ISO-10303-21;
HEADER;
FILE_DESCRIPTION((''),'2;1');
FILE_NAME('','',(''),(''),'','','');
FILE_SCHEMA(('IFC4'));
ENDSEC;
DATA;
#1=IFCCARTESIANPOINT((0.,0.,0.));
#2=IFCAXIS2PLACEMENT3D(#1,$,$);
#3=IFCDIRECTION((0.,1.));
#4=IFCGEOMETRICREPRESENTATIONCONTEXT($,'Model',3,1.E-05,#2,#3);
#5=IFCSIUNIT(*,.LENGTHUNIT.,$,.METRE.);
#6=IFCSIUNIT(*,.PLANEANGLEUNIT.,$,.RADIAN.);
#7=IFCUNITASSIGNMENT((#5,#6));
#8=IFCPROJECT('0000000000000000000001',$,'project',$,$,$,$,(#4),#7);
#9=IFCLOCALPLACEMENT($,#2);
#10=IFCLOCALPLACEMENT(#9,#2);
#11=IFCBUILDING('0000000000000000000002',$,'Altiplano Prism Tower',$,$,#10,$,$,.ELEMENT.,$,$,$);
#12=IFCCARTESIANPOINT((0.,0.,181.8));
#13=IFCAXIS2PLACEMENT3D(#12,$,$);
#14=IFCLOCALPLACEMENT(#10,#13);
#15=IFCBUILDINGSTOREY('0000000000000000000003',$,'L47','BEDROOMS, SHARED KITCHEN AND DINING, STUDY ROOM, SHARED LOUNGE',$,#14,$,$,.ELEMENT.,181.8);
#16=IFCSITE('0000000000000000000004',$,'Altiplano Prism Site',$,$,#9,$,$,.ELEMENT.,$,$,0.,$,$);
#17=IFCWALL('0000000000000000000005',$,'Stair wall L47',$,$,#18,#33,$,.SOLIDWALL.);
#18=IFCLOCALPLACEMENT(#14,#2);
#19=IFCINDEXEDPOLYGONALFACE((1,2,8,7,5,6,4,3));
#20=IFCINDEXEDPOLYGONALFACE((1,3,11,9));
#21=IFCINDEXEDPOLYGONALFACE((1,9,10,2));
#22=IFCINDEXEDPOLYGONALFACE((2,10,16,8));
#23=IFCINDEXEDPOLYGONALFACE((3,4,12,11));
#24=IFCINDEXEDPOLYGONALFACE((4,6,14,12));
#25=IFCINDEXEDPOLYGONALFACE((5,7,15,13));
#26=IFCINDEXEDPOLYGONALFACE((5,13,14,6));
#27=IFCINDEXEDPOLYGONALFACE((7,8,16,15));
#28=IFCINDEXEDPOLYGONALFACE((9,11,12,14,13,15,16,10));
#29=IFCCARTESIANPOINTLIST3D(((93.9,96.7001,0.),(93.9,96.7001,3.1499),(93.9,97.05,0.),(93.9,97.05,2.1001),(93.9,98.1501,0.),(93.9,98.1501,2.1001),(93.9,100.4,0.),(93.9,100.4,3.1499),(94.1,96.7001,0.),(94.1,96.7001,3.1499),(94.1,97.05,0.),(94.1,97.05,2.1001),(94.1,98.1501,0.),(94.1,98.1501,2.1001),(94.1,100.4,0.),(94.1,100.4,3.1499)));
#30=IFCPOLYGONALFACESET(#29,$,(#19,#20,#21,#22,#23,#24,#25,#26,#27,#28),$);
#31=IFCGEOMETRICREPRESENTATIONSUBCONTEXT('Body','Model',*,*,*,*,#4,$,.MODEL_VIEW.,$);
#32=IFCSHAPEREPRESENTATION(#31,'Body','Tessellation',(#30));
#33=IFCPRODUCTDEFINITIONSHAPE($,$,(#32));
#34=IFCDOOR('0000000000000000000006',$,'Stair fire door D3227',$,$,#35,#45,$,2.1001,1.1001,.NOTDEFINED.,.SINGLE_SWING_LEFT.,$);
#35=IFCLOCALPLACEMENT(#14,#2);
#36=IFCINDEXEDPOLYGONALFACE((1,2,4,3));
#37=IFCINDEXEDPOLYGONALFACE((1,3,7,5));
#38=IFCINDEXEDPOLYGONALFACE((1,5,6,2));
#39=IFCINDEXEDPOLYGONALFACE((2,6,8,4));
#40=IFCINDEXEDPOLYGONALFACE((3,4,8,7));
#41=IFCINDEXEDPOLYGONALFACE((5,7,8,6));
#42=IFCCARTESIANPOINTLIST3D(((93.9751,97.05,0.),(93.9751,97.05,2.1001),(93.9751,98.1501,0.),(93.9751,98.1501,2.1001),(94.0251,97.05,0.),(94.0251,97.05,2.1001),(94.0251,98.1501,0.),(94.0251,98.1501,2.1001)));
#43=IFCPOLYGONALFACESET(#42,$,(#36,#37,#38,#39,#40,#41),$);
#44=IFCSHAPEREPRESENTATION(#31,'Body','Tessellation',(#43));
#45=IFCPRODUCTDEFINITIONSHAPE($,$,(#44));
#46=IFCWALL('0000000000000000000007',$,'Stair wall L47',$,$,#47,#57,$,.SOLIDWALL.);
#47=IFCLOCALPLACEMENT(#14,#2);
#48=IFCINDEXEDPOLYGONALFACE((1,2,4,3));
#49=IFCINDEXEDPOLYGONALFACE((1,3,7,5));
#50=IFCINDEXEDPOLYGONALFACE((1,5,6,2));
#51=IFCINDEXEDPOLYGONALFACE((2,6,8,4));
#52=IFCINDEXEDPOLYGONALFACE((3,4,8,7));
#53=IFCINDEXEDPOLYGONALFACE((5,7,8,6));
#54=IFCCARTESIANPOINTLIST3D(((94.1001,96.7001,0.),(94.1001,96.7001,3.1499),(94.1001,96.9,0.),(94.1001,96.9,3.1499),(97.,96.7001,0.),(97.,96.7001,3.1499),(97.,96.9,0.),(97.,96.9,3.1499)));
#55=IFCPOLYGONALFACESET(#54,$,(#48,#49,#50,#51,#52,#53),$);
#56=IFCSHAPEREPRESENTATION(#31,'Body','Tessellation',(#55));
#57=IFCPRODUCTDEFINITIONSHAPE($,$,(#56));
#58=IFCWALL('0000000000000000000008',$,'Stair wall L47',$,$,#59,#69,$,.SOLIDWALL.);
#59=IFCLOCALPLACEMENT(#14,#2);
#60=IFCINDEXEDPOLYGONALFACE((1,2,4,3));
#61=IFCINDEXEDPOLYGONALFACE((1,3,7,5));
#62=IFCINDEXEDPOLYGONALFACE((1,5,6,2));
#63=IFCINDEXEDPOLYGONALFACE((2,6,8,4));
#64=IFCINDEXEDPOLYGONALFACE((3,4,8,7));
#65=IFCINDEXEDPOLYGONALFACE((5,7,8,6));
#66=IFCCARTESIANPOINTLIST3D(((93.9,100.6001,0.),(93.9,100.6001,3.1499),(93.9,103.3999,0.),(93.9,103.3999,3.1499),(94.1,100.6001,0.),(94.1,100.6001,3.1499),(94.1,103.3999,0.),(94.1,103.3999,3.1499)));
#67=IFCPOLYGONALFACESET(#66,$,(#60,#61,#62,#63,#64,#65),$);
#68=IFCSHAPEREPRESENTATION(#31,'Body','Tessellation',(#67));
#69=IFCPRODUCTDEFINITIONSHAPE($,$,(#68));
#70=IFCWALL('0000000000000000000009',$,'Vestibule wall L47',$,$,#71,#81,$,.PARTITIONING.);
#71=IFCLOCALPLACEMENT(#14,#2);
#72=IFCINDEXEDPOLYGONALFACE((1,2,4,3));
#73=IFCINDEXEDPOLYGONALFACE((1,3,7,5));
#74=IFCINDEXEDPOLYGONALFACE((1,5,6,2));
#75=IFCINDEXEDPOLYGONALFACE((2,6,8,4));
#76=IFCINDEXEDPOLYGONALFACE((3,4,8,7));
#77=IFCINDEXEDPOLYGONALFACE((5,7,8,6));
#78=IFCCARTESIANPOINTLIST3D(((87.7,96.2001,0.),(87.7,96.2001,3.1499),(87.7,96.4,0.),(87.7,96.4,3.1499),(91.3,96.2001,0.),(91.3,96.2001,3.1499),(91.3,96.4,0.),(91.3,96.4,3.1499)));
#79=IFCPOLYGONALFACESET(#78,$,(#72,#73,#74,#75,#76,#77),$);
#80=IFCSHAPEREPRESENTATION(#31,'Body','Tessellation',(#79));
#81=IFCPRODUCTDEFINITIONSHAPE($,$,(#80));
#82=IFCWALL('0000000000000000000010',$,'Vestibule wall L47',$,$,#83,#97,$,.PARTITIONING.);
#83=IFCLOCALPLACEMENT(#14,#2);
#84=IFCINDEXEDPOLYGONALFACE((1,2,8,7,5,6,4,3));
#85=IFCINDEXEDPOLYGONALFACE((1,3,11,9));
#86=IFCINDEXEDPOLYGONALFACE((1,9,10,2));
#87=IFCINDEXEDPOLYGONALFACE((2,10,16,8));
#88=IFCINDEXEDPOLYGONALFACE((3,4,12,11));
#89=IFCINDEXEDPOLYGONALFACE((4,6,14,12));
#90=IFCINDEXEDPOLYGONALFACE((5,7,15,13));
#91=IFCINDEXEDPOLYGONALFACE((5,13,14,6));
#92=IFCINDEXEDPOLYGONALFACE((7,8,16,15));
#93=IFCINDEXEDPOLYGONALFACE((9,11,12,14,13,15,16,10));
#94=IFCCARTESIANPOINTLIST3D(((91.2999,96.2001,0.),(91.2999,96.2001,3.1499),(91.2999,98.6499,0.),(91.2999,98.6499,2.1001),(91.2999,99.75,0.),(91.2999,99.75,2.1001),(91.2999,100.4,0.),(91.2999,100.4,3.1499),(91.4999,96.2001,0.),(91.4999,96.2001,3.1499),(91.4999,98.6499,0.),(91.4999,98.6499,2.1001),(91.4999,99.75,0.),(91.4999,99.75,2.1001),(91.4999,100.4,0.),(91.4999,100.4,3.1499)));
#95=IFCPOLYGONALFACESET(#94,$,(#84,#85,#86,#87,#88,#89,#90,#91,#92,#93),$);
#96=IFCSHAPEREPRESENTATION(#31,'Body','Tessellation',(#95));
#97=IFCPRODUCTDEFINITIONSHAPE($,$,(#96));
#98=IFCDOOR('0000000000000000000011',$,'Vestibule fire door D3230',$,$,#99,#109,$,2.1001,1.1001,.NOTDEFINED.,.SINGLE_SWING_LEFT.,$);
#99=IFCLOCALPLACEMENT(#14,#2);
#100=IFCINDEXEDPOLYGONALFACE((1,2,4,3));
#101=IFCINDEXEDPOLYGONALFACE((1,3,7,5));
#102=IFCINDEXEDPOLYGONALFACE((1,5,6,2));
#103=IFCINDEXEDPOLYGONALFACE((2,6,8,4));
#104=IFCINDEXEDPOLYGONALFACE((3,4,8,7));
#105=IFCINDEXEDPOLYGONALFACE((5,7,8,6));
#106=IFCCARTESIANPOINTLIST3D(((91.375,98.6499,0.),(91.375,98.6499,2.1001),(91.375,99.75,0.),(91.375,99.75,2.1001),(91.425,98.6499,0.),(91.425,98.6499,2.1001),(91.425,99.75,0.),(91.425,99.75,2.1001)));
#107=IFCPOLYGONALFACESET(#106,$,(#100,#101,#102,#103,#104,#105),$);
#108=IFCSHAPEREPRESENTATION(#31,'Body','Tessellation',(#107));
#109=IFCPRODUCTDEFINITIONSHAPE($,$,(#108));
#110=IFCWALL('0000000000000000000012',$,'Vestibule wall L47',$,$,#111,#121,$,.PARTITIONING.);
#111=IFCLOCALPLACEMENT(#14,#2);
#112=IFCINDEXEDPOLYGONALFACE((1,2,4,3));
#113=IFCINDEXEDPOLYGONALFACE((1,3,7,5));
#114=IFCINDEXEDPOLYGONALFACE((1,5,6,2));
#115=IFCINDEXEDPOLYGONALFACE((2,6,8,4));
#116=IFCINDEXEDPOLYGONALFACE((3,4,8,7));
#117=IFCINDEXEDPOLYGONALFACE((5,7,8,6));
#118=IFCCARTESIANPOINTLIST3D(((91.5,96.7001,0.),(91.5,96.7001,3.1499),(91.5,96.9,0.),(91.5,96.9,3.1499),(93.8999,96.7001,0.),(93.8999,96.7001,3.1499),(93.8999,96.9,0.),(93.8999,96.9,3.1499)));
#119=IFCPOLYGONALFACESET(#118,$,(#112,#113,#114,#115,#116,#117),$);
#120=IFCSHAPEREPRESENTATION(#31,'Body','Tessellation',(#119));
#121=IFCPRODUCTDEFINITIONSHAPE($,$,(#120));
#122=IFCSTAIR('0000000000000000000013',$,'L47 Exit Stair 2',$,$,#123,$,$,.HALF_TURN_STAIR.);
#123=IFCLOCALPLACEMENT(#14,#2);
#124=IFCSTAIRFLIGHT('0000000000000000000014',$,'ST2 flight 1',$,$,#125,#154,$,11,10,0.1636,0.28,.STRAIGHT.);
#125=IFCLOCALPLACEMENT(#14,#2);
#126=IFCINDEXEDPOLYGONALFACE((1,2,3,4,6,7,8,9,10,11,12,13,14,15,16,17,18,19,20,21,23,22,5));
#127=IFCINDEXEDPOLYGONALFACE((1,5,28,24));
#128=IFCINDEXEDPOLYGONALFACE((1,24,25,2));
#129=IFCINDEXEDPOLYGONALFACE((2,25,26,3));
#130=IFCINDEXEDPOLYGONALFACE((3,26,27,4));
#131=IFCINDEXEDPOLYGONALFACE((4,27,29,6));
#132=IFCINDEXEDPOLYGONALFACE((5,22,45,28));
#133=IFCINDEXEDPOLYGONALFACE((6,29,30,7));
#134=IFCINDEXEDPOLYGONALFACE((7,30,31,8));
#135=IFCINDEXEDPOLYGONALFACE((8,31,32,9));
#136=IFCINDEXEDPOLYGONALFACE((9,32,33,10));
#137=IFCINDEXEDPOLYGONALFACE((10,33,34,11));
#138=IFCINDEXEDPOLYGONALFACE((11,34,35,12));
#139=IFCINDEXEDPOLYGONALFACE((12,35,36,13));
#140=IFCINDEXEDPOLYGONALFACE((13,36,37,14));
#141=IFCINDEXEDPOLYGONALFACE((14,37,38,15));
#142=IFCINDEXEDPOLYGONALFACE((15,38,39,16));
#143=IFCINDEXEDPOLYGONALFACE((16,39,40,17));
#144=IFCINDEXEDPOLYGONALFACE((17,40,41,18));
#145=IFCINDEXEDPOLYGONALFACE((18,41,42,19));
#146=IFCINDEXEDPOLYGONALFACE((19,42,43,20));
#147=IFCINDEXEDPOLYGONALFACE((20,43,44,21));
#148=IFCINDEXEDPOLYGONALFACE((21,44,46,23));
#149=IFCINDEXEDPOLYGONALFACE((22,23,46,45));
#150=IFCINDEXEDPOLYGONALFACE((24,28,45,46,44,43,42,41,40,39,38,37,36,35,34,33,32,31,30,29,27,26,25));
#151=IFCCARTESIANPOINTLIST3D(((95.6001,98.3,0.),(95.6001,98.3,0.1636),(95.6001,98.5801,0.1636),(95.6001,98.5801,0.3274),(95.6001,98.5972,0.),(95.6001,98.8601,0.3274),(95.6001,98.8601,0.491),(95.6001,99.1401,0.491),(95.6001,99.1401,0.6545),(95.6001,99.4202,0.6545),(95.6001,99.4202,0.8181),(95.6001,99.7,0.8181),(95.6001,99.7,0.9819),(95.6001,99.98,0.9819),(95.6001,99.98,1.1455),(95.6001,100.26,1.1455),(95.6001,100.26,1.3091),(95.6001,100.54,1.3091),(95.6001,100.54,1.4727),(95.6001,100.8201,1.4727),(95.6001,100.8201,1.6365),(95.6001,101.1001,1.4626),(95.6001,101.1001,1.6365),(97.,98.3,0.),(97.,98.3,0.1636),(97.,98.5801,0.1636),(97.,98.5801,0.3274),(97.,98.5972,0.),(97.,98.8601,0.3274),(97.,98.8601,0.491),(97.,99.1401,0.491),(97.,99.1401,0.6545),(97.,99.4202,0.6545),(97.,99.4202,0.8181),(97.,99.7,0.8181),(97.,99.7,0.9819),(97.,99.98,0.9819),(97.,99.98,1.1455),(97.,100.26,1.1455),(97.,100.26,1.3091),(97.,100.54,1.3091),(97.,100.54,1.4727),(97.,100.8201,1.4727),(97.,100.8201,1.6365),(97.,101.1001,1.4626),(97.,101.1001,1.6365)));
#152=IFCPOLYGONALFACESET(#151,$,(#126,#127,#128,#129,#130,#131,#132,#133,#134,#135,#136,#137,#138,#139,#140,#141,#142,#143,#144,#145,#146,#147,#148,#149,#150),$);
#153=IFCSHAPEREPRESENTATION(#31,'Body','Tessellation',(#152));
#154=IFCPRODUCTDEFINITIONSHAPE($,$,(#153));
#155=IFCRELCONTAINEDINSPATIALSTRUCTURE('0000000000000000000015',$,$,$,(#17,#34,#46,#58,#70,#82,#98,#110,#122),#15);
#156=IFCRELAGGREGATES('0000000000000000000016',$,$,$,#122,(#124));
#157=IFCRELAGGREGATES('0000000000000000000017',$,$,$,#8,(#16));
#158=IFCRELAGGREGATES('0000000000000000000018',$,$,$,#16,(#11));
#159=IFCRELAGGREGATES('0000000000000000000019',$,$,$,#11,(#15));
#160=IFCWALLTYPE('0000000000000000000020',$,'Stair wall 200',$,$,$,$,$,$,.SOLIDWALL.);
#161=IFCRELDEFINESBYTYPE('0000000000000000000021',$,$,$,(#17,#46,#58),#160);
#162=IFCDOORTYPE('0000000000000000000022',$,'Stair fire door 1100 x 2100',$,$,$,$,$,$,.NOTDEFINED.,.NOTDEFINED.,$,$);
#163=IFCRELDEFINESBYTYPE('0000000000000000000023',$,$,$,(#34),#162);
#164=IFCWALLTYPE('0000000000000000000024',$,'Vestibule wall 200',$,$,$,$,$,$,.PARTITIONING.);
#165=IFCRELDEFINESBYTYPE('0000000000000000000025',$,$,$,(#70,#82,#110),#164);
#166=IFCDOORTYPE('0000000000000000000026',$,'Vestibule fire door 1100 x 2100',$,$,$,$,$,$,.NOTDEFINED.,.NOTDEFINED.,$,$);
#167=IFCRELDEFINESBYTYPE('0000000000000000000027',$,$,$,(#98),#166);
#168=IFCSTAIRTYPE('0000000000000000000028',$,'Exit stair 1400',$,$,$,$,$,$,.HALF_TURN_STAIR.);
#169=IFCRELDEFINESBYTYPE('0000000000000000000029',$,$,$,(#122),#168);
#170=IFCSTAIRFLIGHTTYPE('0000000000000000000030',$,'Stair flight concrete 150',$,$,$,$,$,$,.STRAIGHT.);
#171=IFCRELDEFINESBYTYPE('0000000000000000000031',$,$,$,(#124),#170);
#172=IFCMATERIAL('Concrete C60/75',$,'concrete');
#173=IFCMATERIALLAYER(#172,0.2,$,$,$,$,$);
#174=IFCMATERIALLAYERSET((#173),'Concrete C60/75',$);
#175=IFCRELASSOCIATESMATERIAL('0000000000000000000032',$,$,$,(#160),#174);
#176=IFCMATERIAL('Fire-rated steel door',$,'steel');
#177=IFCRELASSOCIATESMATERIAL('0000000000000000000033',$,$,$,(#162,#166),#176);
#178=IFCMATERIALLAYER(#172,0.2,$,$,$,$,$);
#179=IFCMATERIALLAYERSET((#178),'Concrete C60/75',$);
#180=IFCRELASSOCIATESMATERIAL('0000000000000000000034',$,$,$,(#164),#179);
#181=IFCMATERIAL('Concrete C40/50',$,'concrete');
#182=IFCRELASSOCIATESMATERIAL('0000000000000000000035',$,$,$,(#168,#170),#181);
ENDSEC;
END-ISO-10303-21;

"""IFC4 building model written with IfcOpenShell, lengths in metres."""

from ifc_helpers import new_model, si_unit, direction, frame, frame_2d, origin, place, context, subcontext, project, spatial, polyline, rectangle, outline, extrude, material, layer, layer_set, type_object, element, fill, aggregate, save


model = new_model("IFC4")

# Units and contexts
model_context = context("Model", 3, precision=1e-05, world=origin(), true_north=direction((0.0, 1.0)))
body_context = subcontext(model_context, "Body", "Model", "MODEL_VIEW")
ifc_project = project(units=[si_unit("LENGTHUNIT", "METRE"), si_unit("PLANEANGLEUNIT", "RADIAN")], contexts=[model_context])

# Site, building, storey
site_placement = place(None, origin())
site = spatial("IfcSite", under=ifc_project, at=site_placement, Name="Altiplano Prism Site", CompositionType="ELEMENT", RefElevation=0.0)
building_placement = place(site_placement, origin())
building = spatial("IfcBuilding", under=site, at=building_placement, Name="Altiplano Prism Tower", CompositionType="ELEMENT")
storey_placement = place(building_placement, frame((0.0, 0.0, 181.8)))
storey = spatial("IfcBuildingStorey", under=building, at=storey_placement, Name="L47", Description="BEDROOMS, SHARED KITCHEN AND DINING, STUDY ROOM, SHARED LOUNGE", CompositionType="ELEMENT", Elevation=181.8)

# Shared definitions
ifc_material_1 = material(Name="Concrete C60/75", Category="concrete")

# Wall, opening, door
ifc_layer_1 = layer(ifc_material_1, 0.2)
ifc_layer_set_1 = layer_set([ifc_layer_1], Name="Concrete C60/75")
wall_type_1 = type_object("IfcWallType", Name="Stair wall 200", PredefinedType="SOLIDWALL", material=ifc_layer_set_1)
wall_1_placement = place(storey_placement, frame((94.0, 96.7, 0.0), z_axis=(0.0, 0.0, 1.0), x_axis=(0.0, 1.0, 0.0)))
wall_1 = element("IfcWall", 1, at=wall_1_placement, inside=storey, type_object=wall_type_1, Name="Stair wall L47", PredefinedType="SOLIDWALL", context=body_context, shape_type="SweptSolid", body=[
    extrude(rectangle(XDim=3.7, YDim=0.2, at=frame_2d((1.8501, 0.0))), origin(), (0.0, 0.0, 1.0), 3.1499),
])
opening_1_placement = place(wall_1_placement, frame((0.3501, 0.0, 0.0)))
opening_1 = element("IfcOpeningElement", 2, at=opening_1_placement, cuts=wall_1, PredefinedType="OPENING", context=body_context, shape_type="SweptSolid", body=[
    extrude(rectangle(XDim=1.1001, YDim=2.1001, at=frame_2d((0.55, 1.05))), frame((0.0, 0.1104, 0.0), z_axis=(0.0, -1.0, 0.0), x_axis=(1.0, 0.0, 0.0)), (0.0, 0.0, 1.0), 0.2209),
])
ifc_material_2 = material(Name="Fire-rated steel door", Category="steel")
door_type_1 = type_object("IfcDoorType", Name="Stair fire door 1100 x 2100", OperationType="NOTDEFINED", PredefinedType="NOTDEFINED", material=ifc_material_2)
door_1_placement = place(opening_1_placement, origin())
door_1 = element("IfcDoor", 3, at=door_1_placement, inside=storey, type_object=door_type_1, Name="Stair fire door D3227", OperationType="SINGLE_SWING_LEFT", OverallHeight=2.1001, OverallWidth=1.1001, PredefinedType="NOTDEFINED", context=body_context, shape_type="SweptSolid", body=[
    extrude(rectangle(XDim=1.1001, YDim=2.1001, at=frame_2d((0.55, 1.05))), frame((0.0, 0.0249, 0.0), z_axis=(0.0, -1.0, 0.0), x_axis=(1.0, 0.0, 0.0)), (0.0, 0.0, 1.0), 0.05),
])
fill(opening_1, door_1)

# Walls
wall_2_placement = place(storey_placement, frame((94.1001, 96.8, 0.0), z_axis=(0.0, 0.0, 1.0), x_axis=(1.0, 0.0, 0.0)))
element("IfcWall", 4, at=wall_2_placement, inside=storey, type_object=wall_type_1, Name="Stair wall L47", PredefinedType="SOLIDWALL", context=body_context, shape_type="SweptSolid", body=[
    extrude(rectangle(XDim=2.8999, YDim=0.2, at=frame_2d((1.45, 0.0))), origin(), (0.0, 0.0, 1.0), 3.1499),
])
wall_3_placement = place(storey_placement, frame((94.0, 100.6001, 0.0), z_axis=(0.0, 0.0, 1.0), x_axis=(0.0, 1.0, 0.0)))
element("IfcWall", 5, at=wall_3_placement, inside=storey, type_object=wall_type_1, Name="Stair wall L47", PredefinedType="SOLIDWALL", context=body_context, shape_type="SweptSolid", body=[
    extrude(rectangle(XDim=2.7998, YDim=0.2, at=frame_2d((1.3999, 0.0))), origin(), (0.0, 0.0, 1.0), 3.1499),
])
ifc_layer_2 = layer(ifc_material_1, 0.2)
ifc_layer_set_2 = layer_set([ifc_layer_2], Name="Concrete C60/75")
wall_type_2 = type_object("IfcWallType", Name="Vestibule wall 200", PredefinedType="PARTITIONING", material=ifc_layer_set_2)
wall_4_placement = place(storey_placement, frame((87.7, 96.3, 0.0), z_axis=(0.0, 0.0, 1.0), x_axis=(1.0, 0.0, 0.0)))
element("IfcWall", 6, at=wall_4_placement, inside=storey, type_object=wall_type_2, Name="Vestibule wall L47", PredefinedType="PARTITIONING", context=body_context, shape_type="SweptSolid", body=[
    extrude(rectangle(XDim=3.6001, YDim=0.2, at=frame_2d((1.8, 0.0))), origin(), (0.0, 0.0, 1.0), 3.1499),
])

# Wall, opening, door
wall_5_placement = place(storey_placement, frame((91.3999, 96.2, 0.0), z_axis=(0.0, 0.0, 1.0), x_axis=(0.0, 1.0, 0.0)))
wall_5 = element("IfcWall", 7, at=wall_5_placement, inside=storey, type_object=wall_type_2, Name="Vestibule wall L47", PredefinedType="PARTITIONING", context=body_context, shape_type="SweptSolid", body=[
    extrude(rectangle(XDim=4.2, YDim=0.2, at=frame_2d((2.1001, 0.0))), origin(), (0.0, 0.0, 1.0), 3.1499),
])
opening_2_placement = place(wall_5_placement, frame((2.45, 0.0, 0.0)))
opening_2 = element("IfcOpeningElement", 8, at=opening_2_placement, cuts=wall_5, PredefinedType="OPENING", context=body_context, shape_type="SweptSolid", body=[
    extrude(rectangle(XDim=1.1001, YDim=2.1001, at=frame_2d((0.55, 1.05))), frame((0.0, 0.1104, 0.0), z_axis=(0.0, -1.0, 0.0), x_axis=(1.0, 0.0, 0.0)), (0.0, 0.0, 1.0), 0.2209),
])
door_type_2 = type_object("IfcDoorType", Name="Vestibule fire door 1100 x 2100", OperationType="NOTDEFINED", PredefinedType="NOTDEFINED", material=ifc_material_2)
door_2_placement = place(opening_2_placement, origin())
door_2 = element("IfcDoor", 9, at=door_2_placement, inside=storey, type_object=door_type_2, Name="Vestibule fire door D3230", OperationType="SINGLE_SWING_LEFT", OverallHeight=2.1001, OverallWidth=1.1001, PredefinedType="NOTDEFINED", context=body_context, shape_type="SweptSolid", body=[
    extrude(rectangle(XDim=1.1001, YDim=2.1001, at=frame_2d((0.55, 1.05))), frame((0.0, 0.0249, 0.0), z_axis=(0.0, -1.0, 0.0), x_axis=(1.0, 0.0, 0.0)), (0.0, 0.0, 1.0), 0.05),
])
fill(opening_2, door_2)

# Wall
wall_6_placement = place(storey_placement, frame((91.5, 96.8, 0.0), z_axis=(0.0, 0.0, 1.0), x_axis=(1.0, 0.0, 0.0)))
element("IfcWall", 10, at=wall_6_placement, inside=storey, type_object=wall_type_2, Name="Vestibule wall L47", PredefinedType="PARTITIONING", context=body_context, shape_type="SweptSolid", body=[
    extrude(rectangle(XDim=2.3999, YDim=0.2, at=frame_2d((1.2, 0.0))), origin(), (0.0, 0.0, 1.0), 3.1499),
])

# Stair, stair flight
ifc_material_3 = material(Name="Concrete C40/50", Category="concrete")
stair_type = type_object("IfcStairType", Name="Exit stair 1400", PredefinedType="HALF_TURN_STAIR", material=ifc_material_3)
stair_placement = place(storey_placement, origin())
stair = element("IfcStair", 11, at=stair_placement, inside=storey, type_object=stair_type, Name="L47 Exit Stair 2", PredefinedType="HALF_TURN_STAIR")
stair_flight_type = type_object("IfcStairFlightType", Name="Stair flight concrete 150", PredefinedType="STRAIGHT", material=ifc_material_3)
stair_flight_1_placement = place(storey_placement, frame((96.3, 98.3, 0.0), z_axis=(0.0, 0.0, 1.0), x_axis=(0.0, 1.0, 0.0)))
stair_flight_1 = element("IfcStairFlight", 12, at=stair_flight_1_placement, type_object=stair_flight_type, Name="ST2 flight 1", NumberOfRisers=11, NumberOfTreads=10, PredefinedType="STRAIGHT", RiserHeight=0.1636, TreadLength=0.28, context=body_context, shape_type="SweptSolid", body=[
    extrude(outline(polyline([(0.0, 0.0), (0.0, 0.1636), (0.28, 0.1636), (0.28, 0.3274), (0.5601, 0.3274), (0.5601, 0.491), (0.8401, 0.491), (0.8401, 0.6545), (1.1201, 0.6545), (1.1201, 0.8181), (1.3999, 0.8181), (1.3999, 0.9819), (1.6799, 0.9819), (1.6799, 1.1455), (1.96, 1.1455), (1.96, 1.3091), (2.24, 1.3091), (2.24, 1.4727), (2.52, 1.4727), (2.52, 1.6365), (2.8, 1.6365), (2.8, 1.8), (2.8, 1.4626), (0.2971, 0.0), (0.0, 0.0)])), frame((0.0, 0.7, 0.0), z_axis=(0.0, -1.0, 0.0), x_axis=(1.0, 0.0, 0.0)), (0.0, 0.0, 1.0), 1.3999),
])
aggregate(stair, [stair_flight_1])

save(model, "model.ifc")
